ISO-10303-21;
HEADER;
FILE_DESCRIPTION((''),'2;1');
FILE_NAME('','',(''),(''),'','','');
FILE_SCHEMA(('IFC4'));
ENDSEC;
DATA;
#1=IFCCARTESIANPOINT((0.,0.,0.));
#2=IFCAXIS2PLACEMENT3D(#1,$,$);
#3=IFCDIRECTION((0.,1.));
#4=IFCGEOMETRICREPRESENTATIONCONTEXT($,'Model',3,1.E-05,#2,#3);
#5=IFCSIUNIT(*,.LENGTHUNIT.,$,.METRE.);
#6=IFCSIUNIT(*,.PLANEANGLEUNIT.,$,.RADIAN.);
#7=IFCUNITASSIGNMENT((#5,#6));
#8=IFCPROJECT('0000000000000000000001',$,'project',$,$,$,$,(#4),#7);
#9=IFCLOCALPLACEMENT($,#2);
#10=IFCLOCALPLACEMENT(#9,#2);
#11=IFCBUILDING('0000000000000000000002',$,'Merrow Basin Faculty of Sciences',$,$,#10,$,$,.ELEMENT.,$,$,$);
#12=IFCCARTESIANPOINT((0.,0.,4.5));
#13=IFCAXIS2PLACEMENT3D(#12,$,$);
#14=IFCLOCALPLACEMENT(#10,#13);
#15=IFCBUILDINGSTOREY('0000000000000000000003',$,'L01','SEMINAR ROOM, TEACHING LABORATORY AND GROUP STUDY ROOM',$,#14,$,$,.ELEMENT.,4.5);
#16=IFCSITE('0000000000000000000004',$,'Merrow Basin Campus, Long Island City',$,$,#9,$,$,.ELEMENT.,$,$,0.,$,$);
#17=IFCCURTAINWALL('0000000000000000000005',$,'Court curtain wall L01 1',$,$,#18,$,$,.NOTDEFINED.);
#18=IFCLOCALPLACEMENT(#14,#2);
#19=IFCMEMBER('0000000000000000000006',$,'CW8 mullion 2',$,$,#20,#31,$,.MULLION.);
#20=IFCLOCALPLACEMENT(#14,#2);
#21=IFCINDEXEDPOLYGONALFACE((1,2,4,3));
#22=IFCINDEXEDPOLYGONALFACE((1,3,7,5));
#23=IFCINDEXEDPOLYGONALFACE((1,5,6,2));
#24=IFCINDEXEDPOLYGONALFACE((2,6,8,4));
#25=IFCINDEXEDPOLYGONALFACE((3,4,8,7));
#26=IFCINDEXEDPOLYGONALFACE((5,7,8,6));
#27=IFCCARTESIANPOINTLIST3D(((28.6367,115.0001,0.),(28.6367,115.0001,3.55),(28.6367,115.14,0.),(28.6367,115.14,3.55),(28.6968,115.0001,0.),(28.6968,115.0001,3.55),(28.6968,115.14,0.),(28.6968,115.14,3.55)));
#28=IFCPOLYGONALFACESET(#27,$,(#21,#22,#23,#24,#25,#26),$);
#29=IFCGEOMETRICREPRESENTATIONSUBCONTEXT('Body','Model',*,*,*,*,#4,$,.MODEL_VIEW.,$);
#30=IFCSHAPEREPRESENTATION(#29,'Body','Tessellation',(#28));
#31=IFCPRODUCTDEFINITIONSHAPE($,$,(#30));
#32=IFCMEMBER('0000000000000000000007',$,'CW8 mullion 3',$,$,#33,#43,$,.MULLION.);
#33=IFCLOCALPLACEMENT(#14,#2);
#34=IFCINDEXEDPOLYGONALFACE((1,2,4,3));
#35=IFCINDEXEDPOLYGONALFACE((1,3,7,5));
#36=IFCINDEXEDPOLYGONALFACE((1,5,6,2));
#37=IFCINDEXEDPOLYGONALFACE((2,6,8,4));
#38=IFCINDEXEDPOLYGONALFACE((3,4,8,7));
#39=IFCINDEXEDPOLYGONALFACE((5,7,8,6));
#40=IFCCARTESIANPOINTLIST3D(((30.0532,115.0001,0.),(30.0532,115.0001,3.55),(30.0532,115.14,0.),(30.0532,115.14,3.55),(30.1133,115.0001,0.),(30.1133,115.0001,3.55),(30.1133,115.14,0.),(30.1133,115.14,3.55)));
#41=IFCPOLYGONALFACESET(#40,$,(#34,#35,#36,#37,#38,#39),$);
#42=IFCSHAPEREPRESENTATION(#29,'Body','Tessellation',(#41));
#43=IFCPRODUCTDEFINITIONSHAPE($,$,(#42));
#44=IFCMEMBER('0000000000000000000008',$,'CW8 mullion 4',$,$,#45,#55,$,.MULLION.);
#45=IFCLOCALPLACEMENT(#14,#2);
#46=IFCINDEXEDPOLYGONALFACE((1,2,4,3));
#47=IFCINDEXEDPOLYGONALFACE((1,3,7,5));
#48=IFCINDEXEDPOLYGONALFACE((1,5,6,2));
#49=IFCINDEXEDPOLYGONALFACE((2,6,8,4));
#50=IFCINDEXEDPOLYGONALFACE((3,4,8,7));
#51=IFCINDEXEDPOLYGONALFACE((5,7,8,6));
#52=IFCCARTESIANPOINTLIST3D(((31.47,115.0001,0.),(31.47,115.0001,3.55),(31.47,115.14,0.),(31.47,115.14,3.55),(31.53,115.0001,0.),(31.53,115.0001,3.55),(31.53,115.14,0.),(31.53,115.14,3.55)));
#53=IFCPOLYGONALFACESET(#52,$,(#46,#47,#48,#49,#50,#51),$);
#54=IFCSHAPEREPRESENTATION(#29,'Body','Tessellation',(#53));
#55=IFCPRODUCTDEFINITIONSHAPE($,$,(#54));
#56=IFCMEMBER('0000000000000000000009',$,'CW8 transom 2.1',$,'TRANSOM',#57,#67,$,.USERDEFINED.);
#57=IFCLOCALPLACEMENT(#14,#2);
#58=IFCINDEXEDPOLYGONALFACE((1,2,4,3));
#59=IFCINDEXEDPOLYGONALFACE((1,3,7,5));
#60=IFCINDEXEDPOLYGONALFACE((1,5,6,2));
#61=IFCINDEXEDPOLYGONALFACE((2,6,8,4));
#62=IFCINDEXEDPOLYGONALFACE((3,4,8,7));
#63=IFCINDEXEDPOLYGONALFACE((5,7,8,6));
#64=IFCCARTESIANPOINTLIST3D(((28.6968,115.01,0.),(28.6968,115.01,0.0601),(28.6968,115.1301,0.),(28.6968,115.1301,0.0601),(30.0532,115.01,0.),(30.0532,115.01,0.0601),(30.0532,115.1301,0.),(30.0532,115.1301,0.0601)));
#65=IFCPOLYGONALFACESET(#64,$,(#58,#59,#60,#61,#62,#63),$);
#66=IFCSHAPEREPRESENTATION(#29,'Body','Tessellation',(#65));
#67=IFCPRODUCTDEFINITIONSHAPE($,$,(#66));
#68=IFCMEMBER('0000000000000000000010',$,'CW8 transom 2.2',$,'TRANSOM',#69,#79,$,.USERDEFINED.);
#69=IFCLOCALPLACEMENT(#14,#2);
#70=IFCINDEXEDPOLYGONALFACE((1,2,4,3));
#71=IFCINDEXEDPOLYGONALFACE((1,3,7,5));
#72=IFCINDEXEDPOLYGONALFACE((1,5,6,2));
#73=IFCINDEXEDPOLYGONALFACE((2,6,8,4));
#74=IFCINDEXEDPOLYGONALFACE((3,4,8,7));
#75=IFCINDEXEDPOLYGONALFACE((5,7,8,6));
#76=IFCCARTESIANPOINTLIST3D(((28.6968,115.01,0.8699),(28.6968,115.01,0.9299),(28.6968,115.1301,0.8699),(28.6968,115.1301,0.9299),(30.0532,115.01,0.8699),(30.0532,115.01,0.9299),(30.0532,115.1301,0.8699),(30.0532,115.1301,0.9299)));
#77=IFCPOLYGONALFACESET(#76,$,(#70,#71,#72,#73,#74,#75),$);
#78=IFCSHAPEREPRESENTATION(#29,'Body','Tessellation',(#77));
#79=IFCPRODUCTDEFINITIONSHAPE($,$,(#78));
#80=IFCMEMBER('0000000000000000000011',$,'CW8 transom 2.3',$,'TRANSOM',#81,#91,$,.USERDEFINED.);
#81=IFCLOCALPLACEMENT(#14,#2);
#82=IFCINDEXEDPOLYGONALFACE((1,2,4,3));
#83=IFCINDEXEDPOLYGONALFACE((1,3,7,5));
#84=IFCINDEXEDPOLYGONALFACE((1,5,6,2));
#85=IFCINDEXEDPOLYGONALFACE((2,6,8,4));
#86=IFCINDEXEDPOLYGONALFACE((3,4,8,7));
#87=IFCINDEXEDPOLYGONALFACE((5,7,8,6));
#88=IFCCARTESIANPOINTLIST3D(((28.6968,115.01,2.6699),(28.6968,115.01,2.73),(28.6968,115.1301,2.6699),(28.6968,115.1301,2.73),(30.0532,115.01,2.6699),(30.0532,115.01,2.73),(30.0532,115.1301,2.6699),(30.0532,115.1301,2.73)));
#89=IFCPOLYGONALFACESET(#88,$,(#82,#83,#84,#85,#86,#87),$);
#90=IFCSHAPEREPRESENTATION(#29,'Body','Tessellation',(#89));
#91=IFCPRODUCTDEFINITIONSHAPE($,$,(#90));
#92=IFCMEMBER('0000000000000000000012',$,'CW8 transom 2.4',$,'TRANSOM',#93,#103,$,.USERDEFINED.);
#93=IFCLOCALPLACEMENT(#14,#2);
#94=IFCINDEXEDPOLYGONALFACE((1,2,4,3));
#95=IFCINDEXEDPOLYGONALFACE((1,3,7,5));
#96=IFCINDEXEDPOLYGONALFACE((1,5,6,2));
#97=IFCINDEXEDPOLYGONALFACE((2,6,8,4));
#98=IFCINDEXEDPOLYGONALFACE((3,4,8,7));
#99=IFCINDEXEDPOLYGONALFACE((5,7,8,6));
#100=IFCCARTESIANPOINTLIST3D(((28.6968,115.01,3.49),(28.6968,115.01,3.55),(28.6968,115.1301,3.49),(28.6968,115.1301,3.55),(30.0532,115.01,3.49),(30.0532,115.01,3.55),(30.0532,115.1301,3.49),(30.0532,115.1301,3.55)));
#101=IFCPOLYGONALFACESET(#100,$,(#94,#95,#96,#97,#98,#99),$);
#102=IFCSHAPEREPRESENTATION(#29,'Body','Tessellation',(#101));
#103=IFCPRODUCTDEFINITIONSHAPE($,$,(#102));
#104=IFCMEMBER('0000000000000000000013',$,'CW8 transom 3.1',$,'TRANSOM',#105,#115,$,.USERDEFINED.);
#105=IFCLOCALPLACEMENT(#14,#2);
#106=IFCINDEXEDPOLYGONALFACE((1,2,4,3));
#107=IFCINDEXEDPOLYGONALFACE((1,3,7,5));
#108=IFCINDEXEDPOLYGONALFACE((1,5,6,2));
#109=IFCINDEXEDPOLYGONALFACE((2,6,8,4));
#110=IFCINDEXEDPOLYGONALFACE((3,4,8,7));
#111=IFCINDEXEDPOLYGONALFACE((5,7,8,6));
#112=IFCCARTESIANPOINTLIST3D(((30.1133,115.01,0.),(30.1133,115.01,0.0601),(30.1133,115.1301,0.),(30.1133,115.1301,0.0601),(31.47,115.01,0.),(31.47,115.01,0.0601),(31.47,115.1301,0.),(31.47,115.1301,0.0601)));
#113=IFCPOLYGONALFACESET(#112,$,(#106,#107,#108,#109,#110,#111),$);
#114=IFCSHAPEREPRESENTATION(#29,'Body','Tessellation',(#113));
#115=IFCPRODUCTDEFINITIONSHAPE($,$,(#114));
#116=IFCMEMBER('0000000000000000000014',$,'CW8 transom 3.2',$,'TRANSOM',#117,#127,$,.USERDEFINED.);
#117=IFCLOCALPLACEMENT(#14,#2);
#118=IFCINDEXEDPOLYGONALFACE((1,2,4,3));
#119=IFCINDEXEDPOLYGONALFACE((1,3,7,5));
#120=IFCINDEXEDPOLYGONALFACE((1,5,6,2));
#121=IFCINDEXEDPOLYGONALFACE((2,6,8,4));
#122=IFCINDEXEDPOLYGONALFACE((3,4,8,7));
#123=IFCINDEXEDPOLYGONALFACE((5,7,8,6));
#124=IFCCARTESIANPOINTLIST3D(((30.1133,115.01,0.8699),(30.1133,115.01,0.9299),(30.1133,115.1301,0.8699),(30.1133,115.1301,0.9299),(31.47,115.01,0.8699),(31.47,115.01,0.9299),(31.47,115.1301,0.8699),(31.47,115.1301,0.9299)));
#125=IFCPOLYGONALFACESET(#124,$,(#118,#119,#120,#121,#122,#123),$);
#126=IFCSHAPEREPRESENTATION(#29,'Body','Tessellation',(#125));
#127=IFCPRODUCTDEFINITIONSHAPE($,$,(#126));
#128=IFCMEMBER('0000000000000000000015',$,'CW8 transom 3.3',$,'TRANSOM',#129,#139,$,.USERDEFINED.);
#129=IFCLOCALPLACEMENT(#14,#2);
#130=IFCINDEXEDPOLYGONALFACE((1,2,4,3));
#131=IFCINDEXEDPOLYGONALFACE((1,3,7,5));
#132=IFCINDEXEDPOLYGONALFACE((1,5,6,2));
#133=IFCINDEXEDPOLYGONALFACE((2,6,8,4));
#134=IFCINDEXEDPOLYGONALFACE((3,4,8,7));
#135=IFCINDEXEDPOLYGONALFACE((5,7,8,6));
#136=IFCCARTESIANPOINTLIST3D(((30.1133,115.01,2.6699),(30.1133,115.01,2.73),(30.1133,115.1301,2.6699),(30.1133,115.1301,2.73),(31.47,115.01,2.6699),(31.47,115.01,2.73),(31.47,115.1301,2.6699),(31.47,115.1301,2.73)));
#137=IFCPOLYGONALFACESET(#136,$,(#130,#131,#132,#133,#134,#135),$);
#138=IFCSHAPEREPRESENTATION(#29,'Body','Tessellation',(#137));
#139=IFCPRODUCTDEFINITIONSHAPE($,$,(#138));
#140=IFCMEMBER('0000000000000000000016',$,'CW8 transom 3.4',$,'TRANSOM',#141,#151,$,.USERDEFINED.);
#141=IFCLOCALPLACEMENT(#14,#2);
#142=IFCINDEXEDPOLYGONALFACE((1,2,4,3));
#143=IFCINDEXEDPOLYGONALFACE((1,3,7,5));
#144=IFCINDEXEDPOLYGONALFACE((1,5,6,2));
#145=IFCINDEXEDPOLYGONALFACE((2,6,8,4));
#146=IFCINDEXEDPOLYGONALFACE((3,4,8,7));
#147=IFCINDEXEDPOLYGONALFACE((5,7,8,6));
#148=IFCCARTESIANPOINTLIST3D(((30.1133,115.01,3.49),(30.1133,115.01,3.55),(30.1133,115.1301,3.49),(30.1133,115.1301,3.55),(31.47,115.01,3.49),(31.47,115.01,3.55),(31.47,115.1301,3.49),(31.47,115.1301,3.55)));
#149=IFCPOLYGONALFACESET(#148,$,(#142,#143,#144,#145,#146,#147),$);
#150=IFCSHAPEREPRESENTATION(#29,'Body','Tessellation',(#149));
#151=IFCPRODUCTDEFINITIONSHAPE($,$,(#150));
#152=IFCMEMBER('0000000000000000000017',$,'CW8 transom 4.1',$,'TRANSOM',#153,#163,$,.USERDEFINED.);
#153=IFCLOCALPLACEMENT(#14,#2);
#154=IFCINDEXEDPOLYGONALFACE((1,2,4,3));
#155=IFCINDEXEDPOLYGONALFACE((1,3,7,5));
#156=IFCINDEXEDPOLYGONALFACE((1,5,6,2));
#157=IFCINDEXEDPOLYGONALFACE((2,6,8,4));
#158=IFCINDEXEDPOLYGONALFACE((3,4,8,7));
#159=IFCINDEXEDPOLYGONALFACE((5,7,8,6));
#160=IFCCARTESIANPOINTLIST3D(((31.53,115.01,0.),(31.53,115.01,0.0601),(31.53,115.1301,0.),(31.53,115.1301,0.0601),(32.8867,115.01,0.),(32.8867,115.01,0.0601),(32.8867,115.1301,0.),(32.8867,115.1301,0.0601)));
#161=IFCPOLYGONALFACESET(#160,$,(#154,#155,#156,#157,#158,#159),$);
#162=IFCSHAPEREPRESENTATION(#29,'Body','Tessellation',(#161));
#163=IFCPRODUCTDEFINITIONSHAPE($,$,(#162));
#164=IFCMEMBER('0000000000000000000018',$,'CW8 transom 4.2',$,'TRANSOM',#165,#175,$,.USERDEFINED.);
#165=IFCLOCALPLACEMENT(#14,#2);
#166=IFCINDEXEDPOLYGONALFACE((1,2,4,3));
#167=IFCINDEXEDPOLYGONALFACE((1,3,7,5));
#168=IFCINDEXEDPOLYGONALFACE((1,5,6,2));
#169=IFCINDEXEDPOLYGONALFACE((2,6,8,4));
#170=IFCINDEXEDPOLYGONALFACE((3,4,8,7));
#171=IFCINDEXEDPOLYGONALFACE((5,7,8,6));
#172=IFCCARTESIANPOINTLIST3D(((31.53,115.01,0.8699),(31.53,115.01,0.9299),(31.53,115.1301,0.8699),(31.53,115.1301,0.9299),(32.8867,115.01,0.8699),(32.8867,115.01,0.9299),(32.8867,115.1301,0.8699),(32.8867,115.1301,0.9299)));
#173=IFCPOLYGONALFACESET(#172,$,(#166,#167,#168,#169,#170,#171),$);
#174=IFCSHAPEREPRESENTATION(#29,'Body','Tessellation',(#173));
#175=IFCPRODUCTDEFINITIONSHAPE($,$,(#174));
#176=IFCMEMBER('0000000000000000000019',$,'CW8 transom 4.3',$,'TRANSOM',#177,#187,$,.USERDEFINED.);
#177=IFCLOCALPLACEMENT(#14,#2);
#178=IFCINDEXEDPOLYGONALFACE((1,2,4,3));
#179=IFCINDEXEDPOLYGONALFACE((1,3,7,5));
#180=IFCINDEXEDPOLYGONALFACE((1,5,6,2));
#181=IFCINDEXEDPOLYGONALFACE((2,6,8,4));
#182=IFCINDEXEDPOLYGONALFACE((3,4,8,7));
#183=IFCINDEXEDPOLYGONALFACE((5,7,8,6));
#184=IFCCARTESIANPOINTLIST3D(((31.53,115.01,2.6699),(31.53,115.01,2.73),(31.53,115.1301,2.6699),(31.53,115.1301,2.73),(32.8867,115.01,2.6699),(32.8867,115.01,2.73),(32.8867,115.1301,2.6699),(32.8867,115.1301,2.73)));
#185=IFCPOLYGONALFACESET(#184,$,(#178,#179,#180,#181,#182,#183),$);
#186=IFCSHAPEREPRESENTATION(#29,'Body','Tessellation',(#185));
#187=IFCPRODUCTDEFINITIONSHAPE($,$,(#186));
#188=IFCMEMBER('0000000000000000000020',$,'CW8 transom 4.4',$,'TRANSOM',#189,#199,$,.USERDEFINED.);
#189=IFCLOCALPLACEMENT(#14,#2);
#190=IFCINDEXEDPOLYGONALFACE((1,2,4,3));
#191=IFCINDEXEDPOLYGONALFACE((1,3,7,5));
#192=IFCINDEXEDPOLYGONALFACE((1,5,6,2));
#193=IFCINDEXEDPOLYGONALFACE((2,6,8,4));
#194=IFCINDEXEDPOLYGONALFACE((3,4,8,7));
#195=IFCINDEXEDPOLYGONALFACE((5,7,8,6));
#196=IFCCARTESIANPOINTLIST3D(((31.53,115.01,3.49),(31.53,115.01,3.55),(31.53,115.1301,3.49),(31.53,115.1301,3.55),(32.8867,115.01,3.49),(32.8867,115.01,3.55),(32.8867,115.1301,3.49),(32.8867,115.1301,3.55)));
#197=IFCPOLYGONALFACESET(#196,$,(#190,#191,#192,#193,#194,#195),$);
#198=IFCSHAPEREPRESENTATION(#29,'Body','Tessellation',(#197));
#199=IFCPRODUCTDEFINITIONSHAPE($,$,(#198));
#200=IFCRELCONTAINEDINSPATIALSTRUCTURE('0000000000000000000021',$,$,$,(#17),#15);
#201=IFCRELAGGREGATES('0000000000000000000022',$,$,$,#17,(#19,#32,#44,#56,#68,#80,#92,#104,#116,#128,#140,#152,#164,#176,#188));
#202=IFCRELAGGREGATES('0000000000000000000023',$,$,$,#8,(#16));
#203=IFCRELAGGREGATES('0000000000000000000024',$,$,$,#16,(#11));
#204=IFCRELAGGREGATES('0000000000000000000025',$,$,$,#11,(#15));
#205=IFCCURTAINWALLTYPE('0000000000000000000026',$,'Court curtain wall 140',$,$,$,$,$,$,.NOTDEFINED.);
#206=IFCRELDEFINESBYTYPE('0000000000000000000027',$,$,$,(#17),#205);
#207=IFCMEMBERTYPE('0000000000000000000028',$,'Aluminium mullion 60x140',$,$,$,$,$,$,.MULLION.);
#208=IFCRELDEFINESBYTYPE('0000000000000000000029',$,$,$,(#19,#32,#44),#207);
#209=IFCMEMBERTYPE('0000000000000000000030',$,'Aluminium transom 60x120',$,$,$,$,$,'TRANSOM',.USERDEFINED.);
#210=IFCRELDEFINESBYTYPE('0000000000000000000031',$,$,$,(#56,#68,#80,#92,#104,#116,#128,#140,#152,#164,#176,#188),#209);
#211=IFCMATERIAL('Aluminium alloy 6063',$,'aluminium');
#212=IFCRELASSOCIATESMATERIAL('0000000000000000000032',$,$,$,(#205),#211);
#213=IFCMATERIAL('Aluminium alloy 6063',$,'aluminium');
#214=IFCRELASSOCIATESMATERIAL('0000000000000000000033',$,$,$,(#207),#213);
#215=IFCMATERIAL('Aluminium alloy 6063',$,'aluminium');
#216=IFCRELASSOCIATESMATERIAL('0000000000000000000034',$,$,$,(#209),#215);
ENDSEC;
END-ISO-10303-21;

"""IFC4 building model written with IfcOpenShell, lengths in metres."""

from ifc_helpers import new_model, si_unit, direction, frame, origin, origin_2d, place, context, subcontext, project, spatial, rectangle, extrude, material, material_profile, profile_set, type_object, element, aggregate, save


model = new_model("IFC4")

# Units and contexts
model_context = context("Model", 3, precision=1e-05, world=origin(), true_north=direction((0.0, 1.0)))
body_context = subcontext(model_context, "Body", "Model", "MODEL_VIEW")
ifc_project = project(units=[si_unit("LENGTHUNIT", "METRE"), si_unit("PLANEANGLEUNIT", "RADIAN")], contexts=[model_context])

# Site, building, storey
site_placement = place(None, origin())
site = spatial("IfcSite", under=ifc_project, at=site_placement, Name="Merrow Basin Campus, Long Island City", CompositionType="ELEMENT", RefElevation=0.0)
building_placement = place(site_placement, origin())
building = spatial("IfcBuilding", under=site, at=building_placement, Name="Merrow Basin Faculty of Sciences", CompositionType="ELEMENT")
storey_placement = place(building_placement, frame((0.0, 0.0, 4.5)))
storey = spatial("IfcBuildingStorey", under=building, at=storey_placement, Name="L01", Description="SEMINAR ROOM, TEACHING LABORATORY AND GROUP STUDY ROOM", CompositionType="ELEMENT", Elevation=4.5)

# Curtain wall, members
ifc_material_1 = material(Name="Aluminium alloy 6063", Category="aluminium")
curtain_wall_type = type_object("IfcCurtainWallType", Name="Court curtain wall 140", PredefinedType="NOTDEFINED", material=ifc_material_1)
curtain_wall_placement = place(storey_placement, origin())
curtain_wall = element("IfcCurtainWall", 1, at=curtain_wall_placement, inside=storey, type_object=curtain_wall_type, Name="Court curtain wall L01 1", PredefinedType="NOTDEFINED")
ifc_material_2 = material(Name="Aluminium alloy 6063", Category="aluminium")
ifc_material_profile_1 = material_profile(ifc_material_2, rectangle(XDim=0.1399, YDim=0.0601, at=origin_2d()))
ifc_profile_set_1 = profile_set([ifc_material_profile_1], Name="Aluminium alloy 6063")
member_type_1 = type_object("IfcMemberType", Name="Aluminium mullion 60x140", PredefinedType="MULLION", material=ifc_profile_set_1)
member_1_placement = place(storey_placement, frame((28.6667, 115.0701, 0.0), z_axis=(0.0, 0.0, 1.0), x_axis=(0.0, 1.0, 0.0)))
member_1 = element("IfcMember", 2, at=member_1_placement, type_object=member_type_1, Name="CW8 mullion 2", PredefinedType="MULLION", context=body_context, shape_type="SweptSolid", body=[
    extrude(rectangle(XDim=0.1399, YDim=0.0601, at=origin_2d()), origin(), (0.0, 0.0, 1.0), 3.55),
])
member_2_placement = place(storey_placement, frame((30.0833, 115.0701, 0.0), z_axis=(0.0, 0.0, 1.0), x_axis=(0.0, 1.0, 0.0)))
member_2 = element("IfcMember", 3, at=member_2_placement, type_object=member_type_1, Name="CW8 mullion 3", PredefinedType="MULLION", context=body_context, shape_type="SweptSolid", body=[
    extrude(rectangle(XDim=0.1399, YDim=0.0601, at=origin_2d()), origin(), (0.0, 0.0, 1.0), 3.55),
])
member_3_placement = place(storey_placement, frame((31.5, 115.0701, 0.0), z_axis=(0.0, 0.0, 1.0), x_axis=(0.0, 1.0, 0.0)))
member_3 = element("IfcMember", 4, at=member_3_placement, type_object=member_type_1, Name="CW8 mullion 4", PredefinedType="MULLION", context=body_context, shape_type="SweptSolid", body=[
    extrude(rectangle(XDim=0.1399, YDim=0.0601, at=origin_2d()), origin(), (0.0, 0.0, 1.0), 3.55),
])
ifc_material_3 = material(Name="Aluminium alloy 6063", Category="aluminium")
ifc_material_profile_2 = material_profile(ifc_material_3, rectangle(XDim=0.1201, YDim=0.0601, at=origin_2d()))
ifc_profile_set_2 = profile_set([ifc_material_profile_2], Name="Aluminium alloy 6063")
member_type_2 = type_object("IfcMemberType", Name="Aluminium transom 60x120", ElementType="TRANSOM", PredefinedType="USERDEFINED", material=ifc_profile_set_2)
member_4_placement = place(storey_placement, frame((28.6968, 115.0701, 0.03), z_axis=(1.0, 0.0, 0.0), x_axis=(0.0, 1.0, 0.0)))
member_4 = element("IfcMember", 5, at=member_4_placement, type_object=member_type_2, Name="CW8 transom 2.1", ObjectType="TRANSOM", PredefinedType="USERDEFINED", context=body_context, shape_type="SweptSolid", body=[
    extrude(rectangle(XDim=0.1201, YDim=0.0601, at=origin_2d()), origin(), (0.0, 0.0, 1.0), 1.3564),
])
member_5_placement = place(storey_placement, frame((28.6968, 115.0701, 0.8999), z_axis=(1.0, 0.0, 0.0), x_axis=(0.0, 1.0, 0.0)))
member_5 = element("IfcMember", 6, at=member_5_placement, type_object=member_type_2, Name="CW8 transom 2.2", ObjectType="TRANSOM", PredefinedType="USERDEFINED", context=body_context, shape_type="SweptSolid", body=[
    extrude(rectangle(XDim=0.1201, YDim=0.0601, at=origin_2d()), origin(), (0.0, 0.0, 1.0), 1.3564),
])
member_6_placement = place(storey_placement, frame((28.6968, 115.0701, 2.7), z_axis=(1.0, 0.0, 0.0), x_axis=(0.0, 1.0, 0.0)))
member_6 = element("IfcMember", 7, at=member_6_placement, type_object=member_type_2, Name="CW8 transom 2.3", ObjectType="TRANSOM", PredefinedType="USERDEFINED", context=body_context, shape_type="SweptSolid", body=[
    extrude(rectangle(XDim=0.1201, YDim=0.0601, at=origin_2d()), origin(), (0.0, 0.0, 1.0), 1.3564),
])
member_7_placement = place(storey_placement, frame((28.6968, 115.0701, 3.52), z_axis=(1.0, 0.0, 0.0), x_axis=(0.0, 1.0, 0.0)))
member_7 = element("IfcMember", 8, at=member_7_placement, type_object=member_type_2, Name="CW8 transom 2.4", ObjectType="TRANSOM", PredefinedType="USERDEFINED", context=body_context, shape_type="SweptSolid", body=[
    extrude(rectangle(XDim=0.1201, YDim=0.0601, at=origin_2d()), origin(), (0.0, 0.0, 1.0), 1.3564),
])
member_8_placement = place(storey_placement, frame((30.1133, 115.0701, 0.03), z_axis=(1.0, 0.0, 0.0), x_axis=(0.0, 1.0, 0.0)))
member_8 = element("IfcMember", 9, at=member_8_placement, type_object=member_type_2, Name="CW8 transom 3.1", ObjectType="TRANSOM", PredefinedType="USERDEFINED", context=body_context, shape_type="SweptSolid", body=[
    extrude(rectangle(XDim=0.1201, YDim=0.0601, at=origin_2d()), origin(), (0.0, 0.0, 1.0), 1.3567),
])
member_9_placement = place(storey_placement, frame((30.1133, 115.0701, 0.8999), z_axis=(1.0, 0.0, 0.0), x_axis=(0.0, 1.0, 0.0)))
member_9 = element("IfcMember", 10, at=member_9_placement, type_object=member_type_2, Name="CW8 transom 3.2", ObjectType="TRANSOM", PredefinedType="USERDEFINED", context=body_context, shape_type="SweptSolid", body=[
    extrude(rectangle(XDim=0.1201, YDim=0.0601, at=origin_2d()), origin(), (0.0, 0.0, 1.0), 1.3567),
])
member_10_placement = place(storey_placement, frame((30.1133, 115.0701, 2.7), z_axis=(1.0, 0.0, 0.0), x_axis=(0.0, 1.0, 0.0)))
member_10 = element("IfcMember", 11, at=member_10_placement, type_object=member_type_2, Name="CW8 transom 3.3", ObjectType="TRANSOM", PredefinedType="USERDEFINED", context=body_context, shape_type="SweptSolid", body=[
    extrude(rectangle(XDim=0.1201, YDim=0.0601, at=origin_2d()), origin(), (0.0, 0.0, 1.0), 1.3567),
])
member_11_placement = place(storey_placement, frame((30.1133, 115.0701, 3.52), z_axis=(1.0, 0.0, 0.0), x_axis=(0.0, 1.0, 0.0)))
member_11 = element("IfcMember", 12, at=member_11_placement, type_object=member_type_2, Name="CW8 transom 3.4", ObjectType="TRANSOM", PredefinedType="USERDEFINED", context=body_context, shape_type="SweptSolid", body=[
    extrude(rectangle(XDim=0.1201, YDim=0.0601, at=origin_2d()), origin(), (0.0, 0.0, 1.0), 1.3567),
])
member_12_placement = place(storey_placement, frame((31.53, 115.0701, 0.03), z_axis=(1.0, 0.0, 0.0), x_axis=(0.0, 1.0, 0.0)))
member_12 = element("IfcMember", 13, at=member_12_placement, type_object=member_type_2, Name="CW8 transom 4.1", ObjectType="TRANSOM", PredefinedType="USERDEFINED", context=body_context, shape_type="SweptSolid", body=[
    extrude(rectangle(XDim=0.1201, YDim=0.0601, at=origin_2d()), origin(), (0.0, 0.0, 1.0), 1.3567),
])
member_13_placement = place(storey_placement, frame((31.53, 115.0701, 0.8999), z_axis=(1.0, 0.0, 0.0), x_axis=(0.0, 1.0, 0.0)))
member_13 = element("IfcMember", 14, at=member_13_placement, type_object=member_type_2, Name="CW8 transom 4.2", ObjectType="TRANSOM", PredefinedType="USERDEFINED", context=body_context, shape_type="SweptSolid", body=[
    extrude(rectangle(XDim=0.1201, YDim=0.0601, at=origin_2d()), origin(), (0.0, 0.0, 1.0), 1.3567),
])
member_14_placement = place(storey_placement, frame((31.53, 115.0701, 2.7), z_axis=(1.0, 0.0, 0.0), x_axis=(0.0, 1.0, 0.0)))
member_14 = element("IfcMember", 15, at=member_14_placement, type_object=member_type_2, Name="CW8 transom 4.3", ObjectType="TRANSOM", PredefinedType="USERDEFINED", context=body_context, shape_type="SweptSolid", body=[
    extrude(rectangle(XDim=0.1201, YDim=0.0601, at=origin_2d()), origin(), (0.0, 0.0, 1.0), 1.3567),
])
member_15_placement = place(storey_placement, frame((31.53, 115.0701, 3.52), z_axis=(1.0, 0.0, 0.0), x_axis=(0.0, 1.0, 0.0)))
member_15 = element("IfcMember", 16, at=member_15_placement, type_object=member_type_2, Name="CW8 transom 4.4", ObjectType="TRANSOM", PredefinedType="USERDEFINED", context=body_context, shape_type="SweptSolid", body=[
    extrude(rectangle(XDim=0.1201, YDim=0.0601, at=origin_2d()), origin(), (0.0, 0.0, 1.0), 1.3567),
])

aggregate(curtain_wall, [member_1, member_2, member_3, member_4, member_5, member_6, member_7, member_8, member_9, member_10, member_11, member_12, member_13, member_14, member_15])

save(model, "model.ifc")
